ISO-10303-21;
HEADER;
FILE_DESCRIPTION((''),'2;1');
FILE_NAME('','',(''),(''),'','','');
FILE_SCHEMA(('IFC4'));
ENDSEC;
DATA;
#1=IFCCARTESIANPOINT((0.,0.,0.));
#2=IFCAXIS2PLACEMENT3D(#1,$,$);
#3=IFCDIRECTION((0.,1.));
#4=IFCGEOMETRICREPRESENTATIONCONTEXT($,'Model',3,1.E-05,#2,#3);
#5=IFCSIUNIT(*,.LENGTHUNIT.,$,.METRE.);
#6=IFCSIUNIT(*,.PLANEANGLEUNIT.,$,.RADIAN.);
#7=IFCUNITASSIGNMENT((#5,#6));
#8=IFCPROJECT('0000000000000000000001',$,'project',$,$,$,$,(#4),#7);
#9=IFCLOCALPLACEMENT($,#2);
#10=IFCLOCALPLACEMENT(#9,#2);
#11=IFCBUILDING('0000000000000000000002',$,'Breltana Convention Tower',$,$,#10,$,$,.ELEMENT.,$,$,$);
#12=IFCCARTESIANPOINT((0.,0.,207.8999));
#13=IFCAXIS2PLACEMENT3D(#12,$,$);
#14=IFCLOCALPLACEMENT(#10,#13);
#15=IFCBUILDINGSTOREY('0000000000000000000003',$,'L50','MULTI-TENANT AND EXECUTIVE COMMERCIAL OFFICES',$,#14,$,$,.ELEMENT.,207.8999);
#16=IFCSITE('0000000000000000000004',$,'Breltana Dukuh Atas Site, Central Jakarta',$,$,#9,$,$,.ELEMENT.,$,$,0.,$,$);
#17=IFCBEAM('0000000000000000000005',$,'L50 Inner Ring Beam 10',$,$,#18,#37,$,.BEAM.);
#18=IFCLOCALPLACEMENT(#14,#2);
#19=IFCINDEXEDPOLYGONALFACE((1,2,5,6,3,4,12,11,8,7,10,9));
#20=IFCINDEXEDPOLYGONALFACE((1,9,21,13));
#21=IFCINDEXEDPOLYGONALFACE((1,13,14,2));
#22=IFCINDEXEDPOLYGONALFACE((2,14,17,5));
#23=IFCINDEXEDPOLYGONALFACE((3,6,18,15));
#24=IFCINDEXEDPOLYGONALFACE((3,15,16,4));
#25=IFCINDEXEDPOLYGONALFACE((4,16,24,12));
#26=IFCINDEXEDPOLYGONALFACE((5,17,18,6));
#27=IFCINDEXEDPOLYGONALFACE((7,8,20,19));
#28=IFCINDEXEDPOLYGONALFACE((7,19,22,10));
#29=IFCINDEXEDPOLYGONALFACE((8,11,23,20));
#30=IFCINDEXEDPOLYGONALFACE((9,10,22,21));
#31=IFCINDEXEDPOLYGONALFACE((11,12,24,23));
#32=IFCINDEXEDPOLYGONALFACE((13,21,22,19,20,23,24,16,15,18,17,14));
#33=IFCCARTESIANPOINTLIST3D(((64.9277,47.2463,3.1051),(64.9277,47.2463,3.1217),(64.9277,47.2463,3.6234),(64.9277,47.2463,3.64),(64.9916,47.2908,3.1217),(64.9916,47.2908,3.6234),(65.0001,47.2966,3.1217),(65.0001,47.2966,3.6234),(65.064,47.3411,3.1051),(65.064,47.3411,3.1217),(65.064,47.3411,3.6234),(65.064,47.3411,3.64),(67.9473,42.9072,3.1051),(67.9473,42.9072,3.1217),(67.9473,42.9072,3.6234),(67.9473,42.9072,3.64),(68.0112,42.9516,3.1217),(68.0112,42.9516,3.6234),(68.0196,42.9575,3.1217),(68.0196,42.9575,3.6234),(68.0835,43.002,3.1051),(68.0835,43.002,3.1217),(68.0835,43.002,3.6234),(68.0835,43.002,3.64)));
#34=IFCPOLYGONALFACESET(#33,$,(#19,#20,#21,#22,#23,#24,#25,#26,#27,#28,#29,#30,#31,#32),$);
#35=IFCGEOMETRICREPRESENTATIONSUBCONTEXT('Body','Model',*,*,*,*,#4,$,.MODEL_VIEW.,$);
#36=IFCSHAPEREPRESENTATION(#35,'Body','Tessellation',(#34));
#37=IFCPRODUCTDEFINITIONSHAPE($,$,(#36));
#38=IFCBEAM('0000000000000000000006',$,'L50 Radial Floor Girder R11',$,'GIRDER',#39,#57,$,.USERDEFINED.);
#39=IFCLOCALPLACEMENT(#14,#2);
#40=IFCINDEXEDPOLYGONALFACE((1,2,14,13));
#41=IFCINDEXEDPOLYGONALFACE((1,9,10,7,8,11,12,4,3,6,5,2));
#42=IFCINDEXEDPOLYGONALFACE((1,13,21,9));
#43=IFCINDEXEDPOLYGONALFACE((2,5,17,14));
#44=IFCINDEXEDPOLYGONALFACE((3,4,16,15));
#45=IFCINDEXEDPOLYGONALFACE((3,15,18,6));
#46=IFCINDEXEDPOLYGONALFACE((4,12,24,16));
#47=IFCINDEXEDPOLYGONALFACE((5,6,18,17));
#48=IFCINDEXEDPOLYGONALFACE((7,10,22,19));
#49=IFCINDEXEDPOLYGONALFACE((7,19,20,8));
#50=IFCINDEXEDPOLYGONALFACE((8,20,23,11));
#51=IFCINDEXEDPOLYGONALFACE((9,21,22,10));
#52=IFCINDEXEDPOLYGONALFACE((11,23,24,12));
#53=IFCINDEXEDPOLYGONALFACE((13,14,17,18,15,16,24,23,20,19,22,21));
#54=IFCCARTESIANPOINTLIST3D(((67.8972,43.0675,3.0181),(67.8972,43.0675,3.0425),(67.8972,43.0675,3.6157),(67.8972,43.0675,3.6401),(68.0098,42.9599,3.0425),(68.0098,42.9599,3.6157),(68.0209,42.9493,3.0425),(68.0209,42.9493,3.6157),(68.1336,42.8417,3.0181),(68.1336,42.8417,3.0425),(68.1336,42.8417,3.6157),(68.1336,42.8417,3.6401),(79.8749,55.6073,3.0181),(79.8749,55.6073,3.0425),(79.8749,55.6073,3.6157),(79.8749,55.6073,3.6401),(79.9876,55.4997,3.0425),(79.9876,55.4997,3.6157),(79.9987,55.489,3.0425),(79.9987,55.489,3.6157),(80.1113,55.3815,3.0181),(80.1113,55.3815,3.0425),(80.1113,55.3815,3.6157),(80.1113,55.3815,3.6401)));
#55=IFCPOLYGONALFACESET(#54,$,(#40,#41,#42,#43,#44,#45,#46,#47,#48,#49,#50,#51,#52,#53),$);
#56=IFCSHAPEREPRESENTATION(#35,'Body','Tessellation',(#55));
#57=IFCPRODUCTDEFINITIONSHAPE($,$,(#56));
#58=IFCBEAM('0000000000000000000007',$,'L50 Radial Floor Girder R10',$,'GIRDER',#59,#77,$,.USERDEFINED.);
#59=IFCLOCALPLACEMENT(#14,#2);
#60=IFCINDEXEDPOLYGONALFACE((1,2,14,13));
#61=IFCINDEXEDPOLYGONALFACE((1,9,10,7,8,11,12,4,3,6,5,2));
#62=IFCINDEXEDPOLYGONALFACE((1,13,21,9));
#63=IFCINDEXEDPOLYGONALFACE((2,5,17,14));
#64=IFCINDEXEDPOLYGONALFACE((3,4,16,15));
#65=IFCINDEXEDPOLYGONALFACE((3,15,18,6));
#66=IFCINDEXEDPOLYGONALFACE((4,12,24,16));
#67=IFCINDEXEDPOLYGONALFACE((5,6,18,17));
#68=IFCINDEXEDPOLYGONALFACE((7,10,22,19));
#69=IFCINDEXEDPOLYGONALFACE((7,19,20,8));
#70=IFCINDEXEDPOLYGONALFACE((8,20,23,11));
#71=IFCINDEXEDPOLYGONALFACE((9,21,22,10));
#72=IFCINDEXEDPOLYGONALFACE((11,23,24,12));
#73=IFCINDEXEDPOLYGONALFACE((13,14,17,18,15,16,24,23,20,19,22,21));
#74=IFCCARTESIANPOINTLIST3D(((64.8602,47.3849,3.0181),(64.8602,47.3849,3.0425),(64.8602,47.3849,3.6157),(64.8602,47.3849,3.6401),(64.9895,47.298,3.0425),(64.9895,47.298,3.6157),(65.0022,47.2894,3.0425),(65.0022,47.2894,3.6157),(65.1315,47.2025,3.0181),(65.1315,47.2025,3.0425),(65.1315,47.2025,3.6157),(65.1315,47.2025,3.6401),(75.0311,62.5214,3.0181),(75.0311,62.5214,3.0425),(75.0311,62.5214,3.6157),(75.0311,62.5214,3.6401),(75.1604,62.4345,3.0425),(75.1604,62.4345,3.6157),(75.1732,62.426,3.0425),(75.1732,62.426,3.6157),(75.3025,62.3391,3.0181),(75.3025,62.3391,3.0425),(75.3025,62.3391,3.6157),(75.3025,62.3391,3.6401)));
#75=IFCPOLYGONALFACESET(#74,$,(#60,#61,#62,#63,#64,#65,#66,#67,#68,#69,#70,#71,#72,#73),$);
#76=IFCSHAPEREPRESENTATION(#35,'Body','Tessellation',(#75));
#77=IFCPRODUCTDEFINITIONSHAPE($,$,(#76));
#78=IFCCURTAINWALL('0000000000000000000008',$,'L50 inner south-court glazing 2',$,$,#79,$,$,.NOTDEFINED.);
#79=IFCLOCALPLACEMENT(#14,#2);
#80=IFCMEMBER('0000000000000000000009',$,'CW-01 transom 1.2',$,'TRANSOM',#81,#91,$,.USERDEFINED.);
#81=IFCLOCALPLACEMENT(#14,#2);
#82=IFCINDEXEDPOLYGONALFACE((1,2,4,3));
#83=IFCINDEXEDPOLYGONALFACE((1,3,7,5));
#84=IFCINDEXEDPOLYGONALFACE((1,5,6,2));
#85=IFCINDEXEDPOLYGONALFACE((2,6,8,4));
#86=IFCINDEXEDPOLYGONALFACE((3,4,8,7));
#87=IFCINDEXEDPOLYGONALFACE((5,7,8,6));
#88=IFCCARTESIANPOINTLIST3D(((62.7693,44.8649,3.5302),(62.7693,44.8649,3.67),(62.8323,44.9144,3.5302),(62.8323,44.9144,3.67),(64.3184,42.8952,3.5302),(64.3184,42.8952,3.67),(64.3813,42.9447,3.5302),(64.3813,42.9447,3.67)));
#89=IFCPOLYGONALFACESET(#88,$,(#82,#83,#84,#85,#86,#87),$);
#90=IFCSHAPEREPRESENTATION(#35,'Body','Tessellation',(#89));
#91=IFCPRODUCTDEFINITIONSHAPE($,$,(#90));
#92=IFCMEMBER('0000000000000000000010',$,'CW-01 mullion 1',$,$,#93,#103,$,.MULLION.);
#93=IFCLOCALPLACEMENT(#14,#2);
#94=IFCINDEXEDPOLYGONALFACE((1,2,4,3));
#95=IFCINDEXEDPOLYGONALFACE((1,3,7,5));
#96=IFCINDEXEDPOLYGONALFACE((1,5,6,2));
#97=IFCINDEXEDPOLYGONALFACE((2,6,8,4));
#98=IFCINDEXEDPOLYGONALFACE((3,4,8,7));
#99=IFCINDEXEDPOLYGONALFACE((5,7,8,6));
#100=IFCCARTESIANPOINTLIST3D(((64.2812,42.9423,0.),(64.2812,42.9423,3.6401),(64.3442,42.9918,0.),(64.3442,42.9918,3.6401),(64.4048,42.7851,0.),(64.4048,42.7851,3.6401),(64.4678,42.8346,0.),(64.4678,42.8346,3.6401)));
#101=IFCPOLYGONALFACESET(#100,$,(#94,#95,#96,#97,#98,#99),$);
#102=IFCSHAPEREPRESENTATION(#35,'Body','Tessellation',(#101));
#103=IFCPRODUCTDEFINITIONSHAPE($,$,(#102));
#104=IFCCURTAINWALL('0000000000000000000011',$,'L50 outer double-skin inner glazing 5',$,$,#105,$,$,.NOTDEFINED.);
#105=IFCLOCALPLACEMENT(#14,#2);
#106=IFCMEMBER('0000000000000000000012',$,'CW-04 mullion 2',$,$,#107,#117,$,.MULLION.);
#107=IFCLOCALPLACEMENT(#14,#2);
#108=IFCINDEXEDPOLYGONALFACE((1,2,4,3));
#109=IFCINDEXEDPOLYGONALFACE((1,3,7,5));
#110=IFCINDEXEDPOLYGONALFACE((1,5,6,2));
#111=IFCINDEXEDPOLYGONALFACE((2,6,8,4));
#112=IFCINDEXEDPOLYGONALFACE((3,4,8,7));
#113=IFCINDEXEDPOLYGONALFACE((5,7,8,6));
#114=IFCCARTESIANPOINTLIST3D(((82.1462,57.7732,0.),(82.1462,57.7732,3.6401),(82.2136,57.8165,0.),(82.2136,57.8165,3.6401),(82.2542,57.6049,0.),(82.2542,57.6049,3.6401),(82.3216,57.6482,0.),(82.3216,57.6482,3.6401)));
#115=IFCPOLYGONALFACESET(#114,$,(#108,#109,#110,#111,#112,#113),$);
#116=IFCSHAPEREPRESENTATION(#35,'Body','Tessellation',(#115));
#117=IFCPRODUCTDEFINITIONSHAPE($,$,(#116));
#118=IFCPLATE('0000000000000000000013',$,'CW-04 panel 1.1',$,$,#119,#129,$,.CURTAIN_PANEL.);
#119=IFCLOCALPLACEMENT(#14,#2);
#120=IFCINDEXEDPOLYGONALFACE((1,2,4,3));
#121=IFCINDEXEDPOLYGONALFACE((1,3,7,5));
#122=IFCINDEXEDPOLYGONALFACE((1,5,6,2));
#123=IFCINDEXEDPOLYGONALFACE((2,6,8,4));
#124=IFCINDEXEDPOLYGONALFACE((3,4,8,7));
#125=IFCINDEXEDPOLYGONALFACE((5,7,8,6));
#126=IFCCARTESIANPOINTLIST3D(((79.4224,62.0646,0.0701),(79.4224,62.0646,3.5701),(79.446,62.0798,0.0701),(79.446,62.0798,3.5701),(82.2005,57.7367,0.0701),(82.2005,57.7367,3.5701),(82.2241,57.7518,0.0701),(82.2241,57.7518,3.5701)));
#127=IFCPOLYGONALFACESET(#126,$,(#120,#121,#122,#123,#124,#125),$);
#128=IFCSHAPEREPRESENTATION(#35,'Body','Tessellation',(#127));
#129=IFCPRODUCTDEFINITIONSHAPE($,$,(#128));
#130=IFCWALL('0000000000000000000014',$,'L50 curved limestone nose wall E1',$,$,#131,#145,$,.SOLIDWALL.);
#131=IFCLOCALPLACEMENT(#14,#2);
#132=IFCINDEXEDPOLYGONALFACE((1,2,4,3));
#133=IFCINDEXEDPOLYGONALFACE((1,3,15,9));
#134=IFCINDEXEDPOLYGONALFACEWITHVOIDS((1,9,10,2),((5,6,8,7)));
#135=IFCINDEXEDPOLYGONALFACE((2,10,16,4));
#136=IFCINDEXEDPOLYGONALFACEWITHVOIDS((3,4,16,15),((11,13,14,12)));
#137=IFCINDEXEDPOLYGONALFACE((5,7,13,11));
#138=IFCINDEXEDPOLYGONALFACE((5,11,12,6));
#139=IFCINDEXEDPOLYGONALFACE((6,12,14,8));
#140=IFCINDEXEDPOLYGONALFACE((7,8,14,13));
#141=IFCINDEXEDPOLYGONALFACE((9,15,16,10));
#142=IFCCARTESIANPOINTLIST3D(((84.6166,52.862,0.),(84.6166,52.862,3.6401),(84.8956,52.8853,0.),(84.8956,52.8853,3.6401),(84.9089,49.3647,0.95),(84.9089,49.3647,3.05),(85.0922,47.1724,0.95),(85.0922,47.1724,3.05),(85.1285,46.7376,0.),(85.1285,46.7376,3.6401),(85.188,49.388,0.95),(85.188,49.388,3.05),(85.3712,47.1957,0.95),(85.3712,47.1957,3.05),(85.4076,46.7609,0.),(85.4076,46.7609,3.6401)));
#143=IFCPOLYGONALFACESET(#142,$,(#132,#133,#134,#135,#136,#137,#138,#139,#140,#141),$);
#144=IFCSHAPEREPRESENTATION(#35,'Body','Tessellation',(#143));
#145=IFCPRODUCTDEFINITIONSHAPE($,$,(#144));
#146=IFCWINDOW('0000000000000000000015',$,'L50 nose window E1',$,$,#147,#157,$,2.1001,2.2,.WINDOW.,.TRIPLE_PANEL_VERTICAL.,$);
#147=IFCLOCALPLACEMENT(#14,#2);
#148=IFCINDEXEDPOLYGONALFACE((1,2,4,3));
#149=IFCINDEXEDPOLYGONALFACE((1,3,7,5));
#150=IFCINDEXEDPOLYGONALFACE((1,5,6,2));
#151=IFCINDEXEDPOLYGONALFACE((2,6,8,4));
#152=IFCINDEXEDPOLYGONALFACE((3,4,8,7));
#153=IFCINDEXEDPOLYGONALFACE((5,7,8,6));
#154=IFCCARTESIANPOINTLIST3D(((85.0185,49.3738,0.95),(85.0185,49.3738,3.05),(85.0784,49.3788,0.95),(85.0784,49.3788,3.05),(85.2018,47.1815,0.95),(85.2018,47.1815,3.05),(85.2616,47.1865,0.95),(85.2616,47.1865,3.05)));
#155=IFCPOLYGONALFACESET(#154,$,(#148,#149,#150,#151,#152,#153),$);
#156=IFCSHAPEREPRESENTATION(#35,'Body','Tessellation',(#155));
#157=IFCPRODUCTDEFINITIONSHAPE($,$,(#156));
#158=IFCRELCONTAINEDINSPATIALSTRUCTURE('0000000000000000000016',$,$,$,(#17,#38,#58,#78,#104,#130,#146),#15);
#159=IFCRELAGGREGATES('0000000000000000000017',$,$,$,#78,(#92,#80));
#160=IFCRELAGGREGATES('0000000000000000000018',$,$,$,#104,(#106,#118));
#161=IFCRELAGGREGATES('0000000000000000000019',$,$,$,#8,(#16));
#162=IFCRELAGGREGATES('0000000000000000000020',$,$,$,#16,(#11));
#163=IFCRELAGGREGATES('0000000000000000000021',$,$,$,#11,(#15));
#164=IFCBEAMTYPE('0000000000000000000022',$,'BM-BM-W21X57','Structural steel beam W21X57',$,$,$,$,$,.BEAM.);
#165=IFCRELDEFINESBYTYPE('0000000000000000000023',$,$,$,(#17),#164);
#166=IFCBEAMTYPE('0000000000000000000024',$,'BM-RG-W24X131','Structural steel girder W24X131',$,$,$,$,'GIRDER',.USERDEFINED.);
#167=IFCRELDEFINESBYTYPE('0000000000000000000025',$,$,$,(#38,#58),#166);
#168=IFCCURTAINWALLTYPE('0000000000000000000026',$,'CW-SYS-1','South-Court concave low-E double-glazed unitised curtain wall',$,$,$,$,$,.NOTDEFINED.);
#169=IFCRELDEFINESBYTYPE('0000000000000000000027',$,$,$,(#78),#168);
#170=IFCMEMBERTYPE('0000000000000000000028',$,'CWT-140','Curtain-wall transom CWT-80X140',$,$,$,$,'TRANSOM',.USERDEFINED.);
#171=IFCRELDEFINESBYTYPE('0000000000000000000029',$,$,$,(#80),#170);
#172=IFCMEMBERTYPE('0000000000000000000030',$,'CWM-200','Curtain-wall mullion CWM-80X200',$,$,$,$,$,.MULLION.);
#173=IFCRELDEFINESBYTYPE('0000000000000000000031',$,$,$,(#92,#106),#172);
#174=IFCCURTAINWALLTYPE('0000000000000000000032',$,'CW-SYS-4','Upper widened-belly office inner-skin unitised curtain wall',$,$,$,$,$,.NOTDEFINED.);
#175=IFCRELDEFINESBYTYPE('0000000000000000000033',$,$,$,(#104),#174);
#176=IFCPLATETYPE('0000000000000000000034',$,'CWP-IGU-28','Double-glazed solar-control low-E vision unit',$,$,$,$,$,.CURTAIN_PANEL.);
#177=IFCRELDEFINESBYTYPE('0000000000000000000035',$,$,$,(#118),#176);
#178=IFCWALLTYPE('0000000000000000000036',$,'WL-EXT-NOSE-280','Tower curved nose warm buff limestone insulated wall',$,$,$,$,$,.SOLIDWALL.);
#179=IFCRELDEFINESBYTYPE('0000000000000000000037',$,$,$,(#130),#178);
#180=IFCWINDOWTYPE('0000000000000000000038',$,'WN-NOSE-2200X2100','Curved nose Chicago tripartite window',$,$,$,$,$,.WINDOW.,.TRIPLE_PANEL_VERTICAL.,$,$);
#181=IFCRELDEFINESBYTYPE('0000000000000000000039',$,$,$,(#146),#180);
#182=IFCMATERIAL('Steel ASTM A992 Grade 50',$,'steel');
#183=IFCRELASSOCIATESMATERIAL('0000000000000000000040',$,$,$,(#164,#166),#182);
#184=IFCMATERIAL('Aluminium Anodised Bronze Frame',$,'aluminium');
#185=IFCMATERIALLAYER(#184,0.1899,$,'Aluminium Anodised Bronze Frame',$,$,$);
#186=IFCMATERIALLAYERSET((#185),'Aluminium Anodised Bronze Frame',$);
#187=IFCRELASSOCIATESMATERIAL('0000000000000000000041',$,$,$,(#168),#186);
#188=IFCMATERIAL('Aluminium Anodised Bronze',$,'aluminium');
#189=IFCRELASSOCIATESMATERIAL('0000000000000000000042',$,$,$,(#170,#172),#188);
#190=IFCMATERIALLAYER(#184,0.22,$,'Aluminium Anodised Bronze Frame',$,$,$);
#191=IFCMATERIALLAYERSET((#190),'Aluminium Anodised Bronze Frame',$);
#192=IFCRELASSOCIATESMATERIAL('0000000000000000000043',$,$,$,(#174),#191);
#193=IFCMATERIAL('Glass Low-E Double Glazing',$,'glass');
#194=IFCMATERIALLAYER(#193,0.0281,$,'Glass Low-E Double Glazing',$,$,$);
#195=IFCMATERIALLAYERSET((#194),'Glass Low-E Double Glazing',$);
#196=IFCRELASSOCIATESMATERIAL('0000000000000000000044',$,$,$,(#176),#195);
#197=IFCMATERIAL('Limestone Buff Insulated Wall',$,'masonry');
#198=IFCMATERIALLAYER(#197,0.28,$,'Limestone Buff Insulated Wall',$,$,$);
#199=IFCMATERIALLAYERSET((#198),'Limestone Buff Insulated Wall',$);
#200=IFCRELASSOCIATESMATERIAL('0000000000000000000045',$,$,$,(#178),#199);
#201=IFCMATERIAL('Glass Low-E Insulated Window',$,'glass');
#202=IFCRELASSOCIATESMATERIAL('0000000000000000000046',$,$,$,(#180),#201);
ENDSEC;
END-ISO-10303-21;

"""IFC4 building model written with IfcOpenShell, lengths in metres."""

from ifc_helpers import new_model, si_unit, direction, frame, frame_2d, origin, origin_2d, place, context, subcontext, project, spatial, rectangle, i_section, extrude, source, transform, mapped, material, layer, layer_set, material_profile, profile_set, type_object, type_shapes, element, fill, aggregate, save


model = new_model("IFC4")

# Units and contexts
model_context = context("Model", 3, precision=1e-05, world=origin(), true_north=direction((0.0, 1.0)))
body_context = subcontext(model_context, "Body", "Model", "MODEL_VIEW")
ifc_project = project(units=[si_unit("LENGTHUNIT", "METRE"), si_unit("PLANEANGLEUNIT", "RADIAN")], contexts=[model_context])

# Site, building, storey
site_placement = place(None, origin())
site = spatial("IfcSite", under=ifc_project, at=site_placement, Name="Breltana Dukuh Atas Site, Central Jakarta", CompositionType="ELEMENT", RefElevation=0.0)
building_placement = place(site_placement, origin())
building = spatial("IfcBuilding", under=site, at=building_placement, Name="Breltana Convention Tower", CompositionType="ELEMENT")
storey_placement = place(building_placement, frame((0.0, 0.0, 207.8999)))
storey = spatial("IfcBuildingStorey", under=building, at=storey_placement, Name="L50", Description="MULTI-TENANT AND EXECUTIVE COMMERCIAL OFFICES", CompositionType="ELEMENT", Elevation=207.8999)

# Shared definitions
ifc_material_1 = material(Name="Steel ASTM A992 Grade 50", Category="steel")

# Beams
ifc_material_profile_1 = material_profile(ifc_material_1, i_section(OverallWidth=0.166, OverallDepth=0.5349, WebThickness=0.0103, FlangeThickness=0.0166, at=origin_2d()), Name="W21X57")
ifc_profile_set_1 = profile_set([ifc_material_profile_1], Name="Steel ASTM A992 Grade 50")
beam_type_1 = type_object("IfcBeamType", Name="BM-BM-W21X57", Description="Structural steel beam W21X57", PredefinedType="BEAM", material=ifc_profile_set_1)
shared_shape_1 = source(origin(), body_context, "Body", "SweptSolid", [
    extrude(i_section(OverallWidth=0.166, OverallDepth=0.5349, WebThickness=0.0103, FlangeThickness=0.0166, at=origin_2d()), origin(), (0.0, 0.0, 1.0), 5.2864),
])
beam_1_placement = place(storey_placement, frame((64.9958, 47.2937, 3.3726), z_axis=(0.571194, -0.820815, 0.0), x_axis=(0.820815, 0.571194, 0.0)))
element("IfcBeam", 1, at=beam_1_placement, inside=storey, type_object=beam_type_1, Name="L50 Inner Ring Beam 10", PredefinedType="BEAM", context=body_context, shape_type="MappedRepresentation", body=[
    mapped(shared_shape_1, transform((0.0, 0.0, 0.0), scale=1.0)),
])
ifc_material_profile_2 = material_profile(ifc_material_1, i_section(OverallWidth=0.3269, OverallDepth=0.6221, WebThickness=0.0154, FlangeThickness=0.0244, at=origin_2d()), Name="W24X131")
ifc_profile_set_2 = profile_set([ifc_material_profile_2], Name="Steel ASTM A992 Grade 50")
beam_type_2 = type_object("IfcBeamType", Name="BM-RG-W24X131", Description="Structural steel girder W24X131", ElementType="GIRDER", PredefinedType="USERDEFINED", material=ifc_profile_set_2)
shared_shape_2 = source(origin(), body_context, "Body", "SweptSolid", [
    extrude(i_section(OverallWidth=0.3269, OverallDepth=0.6221, WebThickness=0.0154, FlangeThickness=0.0244, at=origin_2d()), origin(), (0.0, 0.0, 1.0), 17.3411),
])
type_shapes(beam_type_2, [shared_shape_2])
beam_2_placement = place(storey_placement, frame((68.0154, 42.9546, 3.3291), z_axis=(0.690716, 0.723126, 0.0), x_axis=(-0.723126, 0.690716, 0.0)))
element("IfcBeam", 2, at=beam_2_placement, inside=storey, type_object=beam_type_2, Name="L50 Radial Floor Girder R11", ObjectType="GIRDER", PredefinedType="USERDEFINED", context=body_context, shape_type="MappedRepresentation", body=[
    mapped(shared_shape_2, transform((0.0, 0.0, 0.0), scale=1.0)),
])
shared_shape_3 = source(origin(), body_context, "Body", "SweptSolid", [
    extrude(i_section(OverallWidth=0.3269, OverallDepth=0.6221, WebThickness=0.0154, FlangeThickness=0.0244, at=origin_2d()), origin(), (0.0, 0.0, 1.0), 18.2363),
])
beam_3_placement = place(storey_placement, frame((64.9958, 47.2937, 3.3291), z_axis=(0.55773, 0.830022, 0.0), x_axis=(-0.830022, 0.55773, 0.0)))
element("IfcBeam", 3, at=beam_3_placement, inside=storey, type_object=beam_type_2, Name="L50 Radial Floor Girder R10", ObjectType="GIRDER", PredefinedType="USERDEFINED", context=body_context, shape_type="MappedRepresentation", body=[
    mapped(shared_shape_3, transform((0.0, 0.0, 0.0), scale=1.0)),
])

# Curtain wall, members
ifc_material_2 = material(Name="Aluminium Anodised Bronze Frame", Category="aluminium")
ifc_layer_1 = layer(ifc_material_2, 0.1899, Name="Aluminium Anodised Bronze Frame")
ifc_layer_set_1 = layer_set([ifc_layer_1], Name="Aluminium Anodised Bronze Frame")
curtain_wall_type_1 = type_object("IfcCurtainWallType", Name="CW-SYS-1", Description="South-Court concave low-E double-glazed unitised curtain wall", PredefinedType="NOTDEFINED", material=ifc_layer_set_1)
curtain_wall_1_placement = place(storey_placement, origin())
curtain_wall_1 = element("IfcCurtainWall", 4, at=curtain_wall_1_placement, inside=storey, type_object=curtain_wall_type_1, Name="L50 inner south-court glazing 2", PredefinedType="NOTDEFINED")
ifc_material_3 = material(Name="Aluminium Anodised Bronze", Category="aluminium")
ifc_material_profile_3 = material_profile(ifc_material_3, rectangle(XDim=0.0801, YDim=0.1399, at=origin_2d()), Name="CWT-80X140")
ifc_profile_set_3 = profile_set([ifc_material_profile_3], Name="Aluminium Anodised Bronze")
member_type_1 = type_object("IfcMemberType", Name="CWT-140", Description="Curtain-wall transom CWT-80X140", ElementType="TRANSOM", PredefinedType="USERDEFINED", material=ifc_profile_set_3)
shared_shape_4 = source(origin(), body_context, "Body", "SweptSolid", [
    extrude(rectangle(XDim=0.0801, YDim=0.1399, at=origin_2d()), origin(), (0.0, 0.0, 1.0), 2.5059),
])
member_1_placement = place(storey_placement, frame((64.3499, 42.9199, 3.6001), z_axis=(-0.618174, 0.786041, 0.0), x_axis=(-0.786041, -0.618174, 0.0)))
member_1 = element("IfcMember", 5, at=member_1_placement, type_object=member_type_1, Name="CW-01 transom 1.2", ObjectType="TRANSOM", PredefinedType="USERDEFINED", context=body_context, shape_type="MappedRepresentation", body=[
    mapped(shared_shape_4, transform((0.0, 0.0, 0.0), scale=1.0)),
])
ifc_material_profile_4 = material_profile(ifc_material_3, rectangle(XDim=0.0801, YDim=0.2, at=origin_2d()), Name="CWM-80X200")
ifc_profile_set_4 = profile_set([ifc_material_profile_4], Name="Aluminium Anodised Bronze")
member_type_2 = type_object("IfcMemberType", Name="CWM-200", Description="Curtain-wall mullion CWM-80X200", PredefinedType="MULLION", material=ifc_profile_set_4)
shared_shape_5 = source(origin(), body_context, "Body", "SweptSolid", [
    extrude(rectangle(XDim=0.0801, YDim=0.2, at=origin_2d()), origin(), (0.0, 0.0, 1.0), 3.6401),
])
member_2_placement = place(storey_placement, frame((64.3745, 42.8884, 0.0), z_axis=(0.0, 0.0, 1.0), x_axis=(-0.786061, -0.61815, 0.0)))
member_2 = element("IfcMember", 6, at=member_2_placement, type_object=member_type_2, Name="CW-01 mullion 1", PredefinedType="MULLION", context=body_context, shape_type="MappedRepresentation", body=[
    mapped(shared_shape_5, transform((0.0, 0.0, 0.0), scale=1.0)),
])
aggregate(curtain_wall_1, [member_2, member_1])

# Curtain wall, member, plate
ifc_layer_2 = layer(ifc_material_2, 0.22, Name="Aluminium Anodised Bronze Frame")
ifc_layer_set_2 = layer_set([ifc_layer_2], Name="Aluminium Anodised Bronze Frame")
curtain_wall_type_2 = type_object("IfcCurtainWallType", Name="CW-SYS-4", Description="Upper widened-belly office inner-skin unitised curtain wall", PredefinedType="NOTDEFINED", material=ifc_layer_set_2)
curtain_wall_2_placement = place(storey_placement, origin())
curtain_wall_2 = element("IfcCurtainWall", 7, at=curtain_wall_2_placement, inside=storey, type_object=curtain_wall_type_2, Name="L50 outer double-skin inner glazing 5", PredefinedType="NOTDEFINED")
member_3_placement = place(storey_placement, frame((82.2339, 57.7107, 0.0), z_axis=(0.0, 0.0, 1.0), x_axis=(0.841548, 0.540182, 0.0)))
member_3 = element("IfcMember", 8, at=member_3_placement, type_object=member_type_2, Name="CW-04 mullion 2", PredefinedType="MULLION", context=body_context, shape_type="MappedRepresentation", body=[
    mapped(shared_shape_5, transform((0.0, 0.0, 0.0), scale=1.0)),
])
ifc_material_4 = material(Name="Glass Low-E Double Glazing", Category="glass")
ifc_layer_3 = layer(ifc_material_4, 0.0281, Name="Glass Low-E Double Glazing")
ifc_layer_set_3 = layer_set([ifc_layer_3], Name="Glass Low-E Double Glazing")
plate_type = type_object("IfcPlateType", Name="CWP-IGU-28", Description="Double-glazed solar-control low-E vision unit", PredefinedType="CURTAIN_PANEL", material=ifc_layer_set_3)
shared_shape_6 = source(origin(), body_context, "Body", "SweptSolid", [
    extrude(rectangle(XDim=5.1428, YDim=0.0281, at=origin_2d()), origin(), (0.0, 0.0, 1.0), 3.5),
])
plate_placement = place(storey_placement, frame((80.8232, 59.9082, 0.0701), z_axis=(0.0, 0.0, 1.0), x_axis=(0.540182, -0.841548, 0.0)))
plate = element("IfcPlate", 9, at=plate_placement, type_object=plate_type, Name="CW-04 panel 1.1", PredefinedType="CURTAIN_PANEL", context=body_context, shape_type="MappedRepresentation", body=[
    mapped(shared_shape_6, transform((0.0, 0.0, 0.0), scale=1.0)),
])
aggregate(curtain_wall_2, [member_3, plate])

# Wall, opening, window
ifc_material_5 = material(Name="Limestone Buff Insulated Wall", Category="masonry")
ifc_layer_4 = layer(ifc_material_5, 0.28, Name="Limestone Buff Insulated Wall")
ifc_layer_set_4 = layer_set([ifc_layer_4], Name="Limestone Buff Insulated Wall")
wall_type = type_object("IfcWallType", Name="WL-EXT-NOSE-280", Description="Tower curved nose warm buff limestone insulated wall", PredefinedType="SOLIDWALL", material=ifc_layer_set_4)
shared_shape_7 = source(origin(), body_context, "Body", "SweptSolid", [
    extrude(rectangle(XDim=6.1458, YDim=0.28, at=frame_2d((3.0728, 0.0))), origin(), (0.0, 0.0, 1.0), 3.6401),
])
wall_1_placement = place(storey_placement, frame((84.7561, 52.8735, 0.0), z_axis=(0.0, 0.0, 1.0), x_axis=(0.083302, -0.996524, 0.0)))
wall_1 = element("IfcWall", 10, at=wall_1_placement, inside=storey, type_object=wall_type, Name="L50 curved limestone nose wall E1", PredefinedType="SOLIDWALL", context=body_context, shape_type="MappedRepresentation", body=[
    mapped(shared_shape_7, transform((0.0, 0.0, 0.0), scale=1.0)),
])
opening_1_placement = place(wall_1_placement, frame((3.5093, 0.0, 0.95)))
opening_1 = element("IfcOpeningElement", 11, at=opening_1_placement, cuts=wall_1, PredefinedType="OPENING", context=body_context, shape_type="SweptSolid", body=[
    extrude(rectangle(XDim=2.2, YDim=2.1001, at=frame_2d((1.1001, 1.05))), frame((0.0, 0.1499, 0.0), z_axis=(0.0, -1.0, 0.0), x_axis=(1.0, 0.0, 0.0)), (0.0, 0.0, 1.0), 0.3),
])
ifc_material_6 = material(Name="Glass Low-E Insulated Window", Category="glass")
window_type = type_object("IfcWindowType", Name="WN-NOSE-2200X2100", Description="Curved nose Chicago tripartite window", PartitioningType="TRIPLE_PANEL_VERTICAL", PredefinedType="WINDOW", material=ifc_material_6)
shared_shape_8 = source(origin(), body_context, "Body", "SweptSolid", [
    extrude(rectangle(XDim=2.2, YDim=2.1001, at=frame_2d((1.1001, 1.05))), frame((0.0, 0.03, 0.0), z_axis=(0.0, -1.0, 0.0), x_axis=(1.0, 0.0, 0.0)), (0.0, 0.0, 1.0), 0.0601),
])
type_shapes(window_type, [shared_shape_8])
window_1_placement = place(opening_1_placement, origin())
window_1 = element("IfcWindow", 12, at=window_1_placement, inside=storey, type_object=window_type, Name="L50 nose window E1", OverallHeight=2.1001, OverallWidth=2.2, PartitioningType="TRIPLE_PANEL_VERTICAL", PredefinedType="WINDOW", context=body_context, shape_type="MappedRepresentation", body=[
    mapped(shared_shape_8, transform((0.0, 0.0, 0.0), scale=1.0)),
])
fill(opening_1, window_1)

save(model, "model.ifc")
